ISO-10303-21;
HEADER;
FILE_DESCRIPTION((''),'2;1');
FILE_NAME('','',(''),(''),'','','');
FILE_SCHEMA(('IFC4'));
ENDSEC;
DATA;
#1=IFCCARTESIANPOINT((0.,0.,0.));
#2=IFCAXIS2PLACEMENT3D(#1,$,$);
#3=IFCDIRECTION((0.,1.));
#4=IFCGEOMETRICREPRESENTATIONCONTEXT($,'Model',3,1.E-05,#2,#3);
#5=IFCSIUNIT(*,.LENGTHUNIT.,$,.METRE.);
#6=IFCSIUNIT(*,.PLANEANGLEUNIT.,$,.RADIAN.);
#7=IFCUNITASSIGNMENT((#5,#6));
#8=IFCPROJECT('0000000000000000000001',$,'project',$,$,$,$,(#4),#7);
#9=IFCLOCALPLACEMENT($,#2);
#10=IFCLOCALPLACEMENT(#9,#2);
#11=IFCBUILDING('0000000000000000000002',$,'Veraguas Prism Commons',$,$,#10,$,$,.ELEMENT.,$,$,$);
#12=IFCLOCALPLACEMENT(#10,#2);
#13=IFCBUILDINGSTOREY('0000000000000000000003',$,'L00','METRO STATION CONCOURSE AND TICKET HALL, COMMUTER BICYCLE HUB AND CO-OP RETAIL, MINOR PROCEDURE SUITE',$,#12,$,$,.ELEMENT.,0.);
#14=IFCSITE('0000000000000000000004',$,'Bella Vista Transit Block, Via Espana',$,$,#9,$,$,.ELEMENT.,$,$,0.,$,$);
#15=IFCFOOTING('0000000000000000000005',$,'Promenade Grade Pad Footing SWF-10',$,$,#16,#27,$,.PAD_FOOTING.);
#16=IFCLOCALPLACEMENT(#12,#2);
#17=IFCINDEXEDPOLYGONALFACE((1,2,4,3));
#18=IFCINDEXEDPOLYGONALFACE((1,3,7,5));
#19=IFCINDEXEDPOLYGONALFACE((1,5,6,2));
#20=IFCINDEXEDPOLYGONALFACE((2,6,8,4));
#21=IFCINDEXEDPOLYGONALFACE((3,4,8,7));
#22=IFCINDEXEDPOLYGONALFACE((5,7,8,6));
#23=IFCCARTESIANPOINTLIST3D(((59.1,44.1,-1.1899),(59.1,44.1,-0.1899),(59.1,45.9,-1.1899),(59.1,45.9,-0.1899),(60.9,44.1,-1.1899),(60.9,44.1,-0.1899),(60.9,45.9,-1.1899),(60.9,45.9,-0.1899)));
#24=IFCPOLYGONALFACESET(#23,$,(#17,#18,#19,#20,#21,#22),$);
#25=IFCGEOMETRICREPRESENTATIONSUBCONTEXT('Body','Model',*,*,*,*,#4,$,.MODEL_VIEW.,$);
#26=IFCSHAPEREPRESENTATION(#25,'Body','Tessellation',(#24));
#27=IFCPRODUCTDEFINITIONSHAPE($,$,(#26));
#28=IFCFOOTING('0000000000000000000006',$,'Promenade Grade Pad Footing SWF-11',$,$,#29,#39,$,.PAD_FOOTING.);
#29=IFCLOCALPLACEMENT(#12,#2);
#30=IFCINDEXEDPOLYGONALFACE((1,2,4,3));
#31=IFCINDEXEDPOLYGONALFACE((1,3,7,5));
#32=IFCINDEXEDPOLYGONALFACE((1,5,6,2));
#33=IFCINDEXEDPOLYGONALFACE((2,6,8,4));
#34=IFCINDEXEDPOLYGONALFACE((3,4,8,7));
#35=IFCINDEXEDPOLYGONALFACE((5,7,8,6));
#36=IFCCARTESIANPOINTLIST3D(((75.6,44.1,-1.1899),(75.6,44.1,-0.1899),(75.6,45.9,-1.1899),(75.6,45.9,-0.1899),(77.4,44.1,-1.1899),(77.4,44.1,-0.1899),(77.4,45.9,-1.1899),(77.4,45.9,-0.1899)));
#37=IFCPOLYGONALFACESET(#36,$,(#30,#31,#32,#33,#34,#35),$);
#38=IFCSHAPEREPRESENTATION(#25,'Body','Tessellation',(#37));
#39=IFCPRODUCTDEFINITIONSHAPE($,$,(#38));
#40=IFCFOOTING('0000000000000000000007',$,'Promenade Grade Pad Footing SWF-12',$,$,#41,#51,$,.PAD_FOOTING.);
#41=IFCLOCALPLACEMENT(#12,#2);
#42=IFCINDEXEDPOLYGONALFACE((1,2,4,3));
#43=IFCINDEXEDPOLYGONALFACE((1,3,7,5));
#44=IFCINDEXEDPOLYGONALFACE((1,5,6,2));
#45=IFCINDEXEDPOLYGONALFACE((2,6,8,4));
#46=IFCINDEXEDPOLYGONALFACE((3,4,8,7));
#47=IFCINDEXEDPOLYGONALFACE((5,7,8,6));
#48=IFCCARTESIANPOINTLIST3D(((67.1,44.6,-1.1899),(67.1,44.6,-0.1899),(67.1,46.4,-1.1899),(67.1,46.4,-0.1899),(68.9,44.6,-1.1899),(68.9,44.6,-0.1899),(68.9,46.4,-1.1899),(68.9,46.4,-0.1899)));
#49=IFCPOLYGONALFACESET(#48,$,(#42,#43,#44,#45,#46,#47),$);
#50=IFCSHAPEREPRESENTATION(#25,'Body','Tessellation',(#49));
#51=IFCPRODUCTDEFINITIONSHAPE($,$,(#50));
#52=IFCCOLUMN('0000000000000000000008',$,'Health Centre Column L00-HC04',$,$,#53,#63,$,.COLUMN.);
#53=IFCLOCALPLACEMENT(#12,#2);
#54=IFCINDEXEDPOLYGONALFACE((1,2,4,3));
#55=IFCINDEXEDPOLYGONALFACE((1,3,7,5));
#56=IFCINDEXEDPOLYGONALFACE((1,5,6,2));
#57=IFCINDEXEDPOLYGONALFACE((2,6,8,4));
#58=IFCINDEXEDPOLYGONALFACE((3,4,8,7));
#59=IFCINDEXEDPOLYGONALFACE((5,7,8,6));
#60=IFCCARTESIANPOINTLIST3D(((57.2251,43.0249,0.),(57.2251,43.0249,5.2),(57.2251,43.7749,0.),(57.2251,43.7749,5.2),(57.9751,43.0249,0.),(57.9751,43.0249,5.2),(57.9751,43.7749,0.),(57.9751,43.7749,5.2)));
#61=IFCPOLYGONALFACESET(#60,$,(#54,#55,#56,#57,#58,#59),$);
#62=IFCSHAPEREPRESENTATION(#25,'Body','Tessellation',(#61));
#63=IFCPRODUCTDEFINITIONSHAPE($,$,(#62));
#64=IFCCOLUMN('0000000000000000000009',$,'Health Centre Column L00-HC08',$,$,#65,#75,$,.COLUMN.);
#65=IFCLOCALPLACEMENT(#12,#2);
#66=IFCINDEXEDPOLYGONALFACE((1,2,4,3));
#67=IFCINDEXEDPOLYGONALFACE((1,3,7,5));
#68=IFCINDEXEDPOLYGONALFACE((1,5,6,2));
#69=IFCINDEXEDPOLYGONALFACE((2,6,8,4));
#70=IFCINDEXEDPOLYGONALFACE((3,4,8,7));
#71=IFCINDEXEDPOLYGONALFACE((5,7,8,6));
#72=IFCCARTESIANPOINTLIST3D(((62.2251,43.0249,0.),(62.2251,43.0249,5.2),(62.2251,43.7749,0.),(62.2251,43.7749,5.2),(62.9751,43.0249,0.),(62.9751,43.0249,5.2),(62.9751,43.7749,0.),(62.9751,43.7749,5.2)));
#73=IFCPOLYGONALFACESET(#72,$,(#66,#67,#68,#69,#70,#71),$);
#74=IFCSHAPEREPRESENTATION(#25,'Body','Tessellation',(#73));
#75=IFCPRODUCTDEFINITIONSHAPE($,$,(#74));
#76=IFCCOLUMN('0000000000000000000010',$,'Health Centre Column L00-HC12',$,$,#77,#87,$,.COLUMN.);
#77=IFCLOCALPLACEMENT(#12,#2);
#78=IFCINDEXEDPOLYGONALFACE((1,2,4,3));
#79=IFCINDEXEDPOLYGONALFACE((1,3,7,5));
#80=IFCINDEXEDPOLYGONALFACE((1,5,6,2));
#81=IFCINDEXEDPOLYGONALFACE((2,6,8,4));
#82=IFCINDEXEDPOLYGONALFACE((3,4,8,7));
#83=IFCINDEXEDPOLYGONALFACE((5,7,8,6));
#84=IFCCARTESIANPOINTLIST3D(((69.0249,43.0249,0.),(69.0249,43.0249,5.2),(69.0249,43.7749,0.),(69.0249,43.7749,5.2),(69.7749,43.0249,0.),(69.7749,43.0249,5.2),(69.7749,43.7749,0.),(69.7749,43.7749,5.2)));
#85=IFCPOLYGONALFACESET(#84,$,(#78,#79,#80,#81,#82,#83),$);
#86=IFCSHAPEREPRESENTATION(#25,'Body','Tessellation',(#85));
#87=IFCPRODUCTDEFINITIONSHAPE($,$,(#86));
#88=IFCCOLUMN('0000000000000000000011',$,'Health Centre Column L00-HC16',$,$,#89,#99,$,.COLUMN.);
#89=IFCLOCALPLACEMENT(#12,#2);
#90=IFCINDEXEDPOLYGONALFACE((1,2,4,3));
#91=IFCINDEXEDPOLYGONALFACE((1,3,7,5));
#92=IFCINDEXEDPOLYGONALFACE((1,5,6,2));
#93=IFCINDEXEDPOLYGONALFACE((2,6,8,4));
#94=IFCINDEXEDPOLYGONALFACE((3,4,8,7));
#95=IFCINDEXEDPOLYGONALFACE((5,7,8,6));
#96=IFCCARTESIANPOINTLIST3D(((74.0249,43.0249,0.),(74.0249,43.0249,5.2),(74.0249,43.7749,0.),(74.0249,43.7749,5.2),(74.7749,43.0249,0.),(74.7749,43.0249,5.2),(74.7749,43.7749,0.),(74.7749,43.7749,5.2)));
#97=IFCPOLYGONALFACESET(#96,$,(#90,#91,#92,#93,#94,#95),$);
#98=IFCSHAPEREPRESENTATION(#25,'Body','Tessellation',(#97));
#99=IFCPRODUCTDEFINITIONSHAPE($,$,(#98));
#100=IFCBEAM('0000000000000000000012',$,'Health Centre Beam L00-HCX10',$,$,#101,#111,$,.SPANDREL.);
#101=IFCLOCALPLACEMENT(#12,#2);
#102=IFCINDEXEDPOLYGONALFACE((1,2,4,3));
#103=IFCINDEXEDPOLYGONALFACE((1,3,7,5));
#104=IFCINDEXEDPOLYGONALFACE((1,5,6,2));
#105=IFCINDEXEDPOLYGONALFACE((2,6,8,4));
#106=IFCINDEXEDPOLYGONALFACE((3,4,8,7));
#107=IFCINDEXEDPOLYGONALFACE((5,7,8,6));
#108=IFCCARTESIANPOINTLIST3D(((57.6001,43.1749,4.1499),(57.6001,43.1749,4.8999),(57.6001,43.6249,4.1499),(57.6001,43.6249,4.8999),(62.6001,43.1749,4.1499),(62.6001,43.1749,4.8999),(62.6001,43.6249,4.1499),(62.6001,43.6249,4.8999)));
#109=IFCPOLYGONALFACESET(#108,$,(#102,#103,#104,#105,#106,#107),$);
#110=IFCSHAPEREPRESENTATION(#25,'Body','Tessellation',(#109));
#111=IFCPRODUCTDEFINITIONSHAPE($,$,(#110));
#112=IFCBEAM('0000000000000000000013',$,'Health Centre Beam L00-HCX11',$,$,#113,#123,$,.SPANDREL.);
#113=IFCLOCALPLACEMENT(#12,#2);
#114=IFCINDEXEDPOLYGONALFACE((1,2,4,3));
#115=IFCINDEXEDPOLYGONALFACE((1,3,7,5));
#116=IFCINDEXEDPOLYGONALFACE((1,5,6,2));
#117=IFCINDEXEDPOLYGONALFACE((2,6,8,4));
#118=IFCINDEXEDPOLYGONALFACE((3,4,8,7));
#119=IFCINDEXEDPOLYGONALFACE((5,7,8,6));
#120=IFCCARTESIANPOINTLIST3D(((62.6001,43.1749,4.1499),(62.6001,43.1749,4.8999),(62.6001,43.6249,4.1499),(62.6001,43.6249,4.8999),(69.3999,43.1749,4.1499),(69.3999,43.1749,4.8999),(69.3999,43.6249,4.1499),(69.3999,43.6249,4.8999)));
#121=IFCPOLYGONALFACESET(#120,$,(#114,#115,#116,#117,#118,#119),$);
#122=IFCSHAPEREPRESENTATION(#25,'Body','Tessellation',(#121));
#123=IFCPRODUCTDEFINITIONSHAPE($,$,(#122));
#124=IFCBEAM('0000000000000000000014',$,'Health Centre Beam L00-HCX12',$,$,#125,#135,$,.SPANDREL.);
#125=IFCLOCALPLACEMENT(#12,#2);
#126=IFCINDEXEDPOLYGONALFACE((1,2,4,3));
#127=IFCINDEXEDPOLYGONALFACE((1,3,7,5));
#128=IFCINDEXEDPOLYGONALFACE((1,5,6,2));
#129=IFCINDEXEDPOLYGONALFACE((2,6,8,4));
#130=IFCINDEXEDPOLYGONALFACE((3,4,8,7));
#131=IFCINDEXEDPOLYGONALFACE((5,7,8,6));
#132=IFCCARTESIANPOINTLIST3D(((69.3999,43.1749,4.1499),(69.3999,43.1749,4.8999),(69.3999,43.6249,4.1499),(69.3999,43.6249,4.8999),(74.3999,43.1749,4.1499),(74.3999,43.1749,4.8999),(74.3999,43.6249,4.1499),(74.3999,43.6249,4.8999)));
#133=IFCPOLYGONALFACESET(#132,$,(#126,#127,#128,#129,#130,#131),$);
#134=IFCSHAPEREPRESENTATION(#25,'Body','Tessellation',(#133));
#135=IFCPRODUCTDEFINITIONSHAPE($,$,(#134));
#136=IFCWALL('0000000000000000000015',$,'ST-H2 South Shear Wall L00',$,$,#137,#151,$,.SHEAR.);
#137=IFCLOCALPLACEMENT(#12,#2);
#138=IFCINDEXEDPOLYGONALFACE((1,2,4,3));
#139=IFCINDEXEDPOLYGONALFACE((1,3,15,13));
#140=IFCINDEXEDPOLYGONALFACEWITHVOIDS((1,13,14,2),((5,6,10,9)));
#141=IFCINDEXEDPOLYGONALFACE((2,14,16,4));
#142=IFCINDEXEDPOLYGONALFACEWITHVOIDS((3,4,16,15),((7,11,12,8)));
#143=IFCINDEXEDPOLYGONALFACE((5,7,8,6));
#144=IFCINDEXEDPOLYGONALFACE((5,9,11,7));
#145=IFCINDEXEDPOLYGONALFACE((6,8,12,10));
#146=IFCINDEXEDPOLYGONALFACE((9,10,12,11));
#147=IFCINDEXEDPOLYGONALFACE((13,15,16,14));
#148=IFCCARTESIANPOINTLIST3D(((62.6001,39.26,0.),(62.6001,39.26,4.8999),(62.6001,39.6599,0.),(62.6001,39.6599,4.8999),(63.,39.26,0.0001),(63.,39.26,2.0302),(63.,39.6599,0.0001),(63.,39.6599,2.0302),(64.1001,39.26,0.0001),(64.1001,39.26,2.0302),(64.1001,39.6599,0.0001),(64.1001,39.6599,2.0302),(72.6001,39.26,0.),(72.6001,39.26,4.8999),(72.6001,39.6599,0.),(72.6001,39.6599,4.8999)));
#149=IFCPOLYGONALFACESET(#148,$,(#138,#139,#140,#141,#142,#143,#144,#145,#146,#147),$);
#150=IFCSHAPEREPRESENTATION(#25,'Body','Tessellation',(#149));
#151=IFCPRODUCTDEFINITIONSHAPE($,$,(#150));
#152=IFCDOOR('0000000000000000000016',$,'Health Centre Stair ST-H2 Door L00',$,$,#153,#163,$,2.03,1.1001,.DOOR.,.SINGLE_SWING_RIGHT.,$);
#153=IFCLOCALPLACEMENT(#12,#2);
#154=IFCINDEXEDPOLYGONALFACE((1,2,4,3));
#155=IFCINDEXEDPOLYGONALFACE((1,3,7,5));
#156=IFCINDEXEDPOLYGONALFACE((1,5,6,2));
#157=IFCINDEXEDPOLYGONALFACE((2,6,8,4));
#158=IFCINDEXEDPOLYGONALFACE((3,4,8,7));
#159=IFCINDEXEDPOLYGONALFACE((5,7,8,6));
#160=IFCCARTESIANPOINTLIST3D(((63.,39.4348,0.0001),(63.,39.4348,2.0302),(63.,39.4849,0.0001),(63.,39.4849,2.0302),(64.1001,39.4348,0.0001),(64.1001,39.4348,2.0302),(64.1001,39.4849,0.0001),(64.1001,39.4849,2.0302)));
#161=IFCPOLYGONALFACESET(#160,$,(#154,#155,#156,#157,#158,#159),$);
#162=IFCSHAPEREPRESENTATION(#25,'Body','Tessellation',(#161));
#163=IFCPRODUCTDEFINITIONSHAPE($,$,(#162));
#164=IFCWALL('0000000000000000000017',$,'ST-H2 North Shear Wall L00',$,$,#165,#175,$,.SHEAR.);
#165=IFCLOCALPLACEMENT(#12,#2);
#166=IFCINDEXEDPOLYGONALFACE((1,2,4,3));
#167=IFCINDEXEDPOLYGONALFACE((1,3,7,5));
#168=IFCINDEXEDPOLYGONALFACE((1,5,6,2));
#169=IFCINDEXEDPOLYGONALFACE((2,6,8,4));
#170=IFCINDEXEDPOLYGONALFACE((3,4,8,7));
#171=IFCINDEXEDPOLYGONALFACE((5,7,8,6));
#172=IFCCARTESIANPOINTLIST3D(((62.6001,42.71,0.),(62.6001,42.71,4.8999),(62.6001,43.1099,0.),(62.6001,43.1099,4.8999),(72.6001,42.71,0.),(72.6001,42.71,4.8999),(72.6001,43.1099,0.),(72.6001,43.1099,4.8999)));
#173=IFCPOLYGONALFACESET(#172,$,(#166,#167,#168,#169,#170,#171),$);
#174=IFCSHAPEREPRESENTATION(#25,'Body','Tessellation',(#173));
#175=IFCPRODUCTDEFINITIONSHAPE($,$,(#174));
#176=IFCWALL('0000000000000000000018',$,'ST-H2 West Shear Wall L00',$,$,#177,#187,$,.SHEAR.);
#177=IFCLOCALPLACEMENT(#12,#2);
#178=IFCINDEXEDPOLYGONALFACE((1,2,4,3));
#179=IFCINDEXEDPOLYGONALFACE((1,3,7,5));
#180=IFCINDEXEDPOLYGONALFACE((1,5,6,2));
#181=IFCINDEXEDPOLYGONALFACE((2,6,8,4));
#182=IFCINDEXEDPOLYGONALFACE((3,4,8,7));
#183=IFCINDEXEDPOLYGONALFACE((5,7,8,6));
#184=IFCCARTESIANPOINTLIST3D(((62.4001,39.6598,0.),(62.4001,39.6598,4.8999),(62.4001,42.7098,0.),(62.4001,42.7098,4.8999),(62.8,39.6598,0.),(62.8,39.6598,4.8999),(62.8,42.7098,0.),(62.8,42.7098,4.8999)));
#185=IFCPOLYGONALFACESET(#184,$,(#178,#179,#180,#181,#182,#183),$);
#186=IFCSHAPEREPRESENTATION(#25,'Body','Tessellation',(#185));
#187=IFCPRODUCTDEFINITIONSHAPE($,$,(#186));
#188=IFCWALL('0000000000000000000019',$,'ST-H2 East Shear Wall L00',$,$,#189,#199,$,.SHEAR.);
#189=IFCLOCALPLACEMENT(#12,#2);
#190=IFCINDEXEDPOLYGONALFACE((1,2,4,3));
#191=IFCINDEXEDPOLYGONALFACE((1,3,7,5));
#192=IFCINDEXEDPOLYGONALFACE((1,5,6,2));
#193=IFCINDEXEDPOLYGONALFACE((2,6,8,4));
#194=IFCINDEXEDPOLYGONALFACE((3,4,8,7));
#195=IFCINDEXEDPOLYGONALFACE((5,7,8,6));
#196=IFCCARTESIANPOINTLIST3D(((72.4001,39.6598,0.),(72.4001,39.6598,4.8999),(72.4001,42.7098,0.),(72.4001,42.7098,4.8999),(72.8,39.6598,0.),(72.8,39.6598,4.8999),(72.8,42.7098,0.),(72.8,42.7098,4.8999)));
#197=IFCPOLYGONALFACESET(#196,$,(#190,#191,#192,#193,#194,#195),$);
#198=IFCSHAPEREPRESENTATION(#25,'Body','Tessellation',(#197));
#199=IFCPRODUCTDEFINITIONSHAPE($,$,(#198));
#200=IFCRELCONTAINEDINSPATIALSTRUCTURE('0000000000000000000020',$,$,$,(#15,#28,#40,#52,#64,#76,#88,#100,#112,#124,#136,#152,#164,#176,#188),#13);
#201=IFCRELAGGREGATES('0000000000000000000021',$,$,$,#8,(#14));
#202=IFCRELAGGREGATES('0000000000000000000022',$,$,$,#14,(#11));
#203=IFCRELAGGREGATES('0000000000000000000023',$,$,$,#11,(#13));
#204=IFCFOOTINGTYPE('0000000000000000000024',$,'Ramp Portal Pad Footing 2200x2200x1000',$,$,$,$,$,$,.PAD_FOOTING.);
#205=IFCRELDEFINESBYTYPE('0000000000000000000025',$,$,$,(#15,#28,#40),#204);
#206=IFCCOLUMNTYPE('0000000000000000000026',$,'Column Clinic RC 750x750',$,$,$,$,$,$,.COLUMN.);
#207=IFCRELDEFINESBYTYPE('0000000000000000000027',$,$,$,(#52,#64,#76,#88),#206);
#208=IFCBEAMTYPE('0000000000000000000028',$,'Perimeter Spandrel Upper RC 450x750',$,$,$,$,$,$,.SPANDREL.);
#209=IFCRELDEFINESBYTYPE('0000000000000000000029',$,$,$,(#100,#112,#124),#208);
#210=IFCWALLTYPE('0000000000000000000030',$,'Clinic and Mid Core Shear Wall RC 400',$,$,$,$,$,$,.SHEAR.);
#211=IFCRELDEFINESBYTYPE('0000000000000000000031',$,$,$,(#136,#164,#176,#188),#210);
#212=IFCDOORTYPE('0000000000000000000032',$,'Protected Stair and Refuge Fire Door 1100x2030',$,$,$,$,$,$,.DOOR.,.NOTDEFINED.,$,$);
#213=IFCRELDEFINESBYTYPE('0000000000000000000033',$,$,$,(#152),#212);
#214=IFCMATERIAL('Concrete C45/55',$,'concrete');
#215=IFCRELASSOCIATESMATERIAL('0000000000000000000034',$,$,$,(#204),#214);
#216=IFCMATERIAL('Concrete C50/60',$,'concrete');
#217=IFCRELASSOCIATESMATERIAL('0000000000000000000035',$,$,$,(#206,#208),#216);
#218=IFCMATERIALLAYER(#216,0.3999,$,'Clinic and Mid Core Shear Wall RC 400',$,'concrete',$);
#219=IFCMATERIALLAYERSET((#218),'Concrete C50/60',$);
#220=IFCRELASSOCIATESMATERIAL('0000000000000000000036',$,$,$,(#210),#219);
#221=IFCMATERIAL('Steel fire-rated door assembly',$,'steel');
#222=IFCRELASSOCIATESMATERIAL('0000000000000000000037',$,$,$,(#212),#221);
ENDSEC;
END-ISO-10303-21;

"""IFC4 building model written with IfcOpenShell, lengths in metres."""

from ifc_helpers import new_model, si_unit, direction, frame, frame_2d, origin, origin_2d, place, context, subcontext, project, spatial, rectangle, extrude, source, transform, mapped, material, layer, layer_set, material_profile, profile_set, type_object, element, fill, save


model = new_model("IFC4")

# Units and contexts
model_context = context("Model", 3, precision=1e-05, world=origin(), true_north=direction((0.0, 1.0)))
body_context = subcontext(model_context, "Body", "Model", "MODEL_VIEW")
ifc_project = project(units=[si_unit("LENGTHUNIT", "METRE"), si_unit("PLANEANGLEUNIT", "RADIAN")], contexts=[model_context])

# Site, building, storey
site_placement = place(None, origin())
site = spatial("IfcSite", under=ifc_project, at=site_placement, Name="Bella Vista Transit Block, Via Espana", CompositionType="ELEMENT", RefElevation=0.0)
building_placement = place(site_placement, origin())
building = spatial("IfcBuilding", under=site, at=building_placement, Name="Veraguas Prism Commons", CompositionType="ELEMENT")
storey_placement = place(building_placement, origin())
storey = spatial("IfcBuildingStorey", under=building, at=storey_placement, Name="L00", Description="METRO STATION CONCOURSE AND TICKET HALL, COMMUTER BICYCLE HUB AND CO-OP RETAIL, MINOR PROCEDURE SUITE", CompositionType="ELEMENT", Elevation=0.0)

# Footings
ifc_material_1 = material(Name="Concrete C45/55", Category="concrete")
footing_type = type_object("IfcFootingType", Name="Ramp Portal Pad Footing 2200x2200x1000", PredefinedType="PAD_FOOTING", material=ifc_material_1)
shared_shape_1 = source(origin(), body_context, "Body", "SweptSolid", [
    extrude(rectangle(XDim=1.8, YDim=1.8, at=origin_2d()), origin(), (0.0, 0.0, 1.0), 1.0),
])
for number, where, z_axis, x_axis, name in (
    (1, (60.0, 45.0, -1.1899), (0.0, 0.0, 1.0), (1.0, 0.0, 0.0), "Promenade Grade Pad Footing SWF-10"),
    (2, (76.5, 45.0, -1.1899), (0.0, 0.0, 1.0), (1.0, 0.0, 0.0), "Promenade Grade Pad Footing SWF-11"),
    (3, (68.0, 45.5, -1.1899), (0.0, 0.0, 1.0), (1.0, 0.0, 0.0), "Promenade Grade Pad Footing SWF-12"),
):
    element("IfcFooting", number, at=place(storey_placement, frame(where, z_axis=z_axis, x_axis=x_axis)), inside=storey, type_object=footing_type, Name=name, PredefinedType="PAD_FOOTING", context=body_context, shape_type="MappedRepresentation", body=[
        mapped(shared_shape_1, transform((0.0, 0.0, 0.0), scale=1.0)),
    ])

# Columns
ifc_material_2 = material(Name="Concrete C50/60", Category="concrete")
ifc_material_profile_1 = material_profile(ifc_material_2, rectangle(XDim=0.75, YDim=0.75, at=origin_2d()), Name="RC750X750")
ifc_profile_set_1 = profile_set([ifc_material_profile_1], Name="Concrete C50/60")
column_type = type_object("IfcColumnType", Name="Column Clinic RC 750x750", PredefinedType="COLUMN", material=ifc_profile_set_1)
for number, where, z_axis, x_axis, name in (
    (4, (57.6001, 43.3999, 0.0), (0.0, 0.0, 1.0), (1.0, 0.0, 0.0), "Health Centre Column L00-HC04"),
    (5, (62.6001, 43.3999, 0.0), (0.0, 0.0, 1.0), (1.0, 0.0, 0.0), "Health Centre Column L00-HC08"),
    (6, (69.3999, 43.3999, 0.0), (0.0, 0.0, 1.0), (1.0, 0.0, 0.0), "Health Centre Column L00-HC12"),
    (7, (74.3999, 43.3999, 0.0), (0.0, 0.0, 1.0), (1.0, 0.0, 0.0), "Health Centre Column L00-HC16"),
):
    element("IfcColumn", number, at=place(storey_placement, frame(where, z_axis=z_axis, x_axis=x_axis)), inside=storey, type_object=column_type, Name=name, PredefinedType="COLUMN", context=body_context, shape_type="SweptSolid", body=[
        extrude(rectangle(XDim=0.75, YDim=0.75, at=origin_2d()), origin(), (0.0, 0.0, 1.0), 5.2),
    ])

# Beams
ifc_material_profile_2 = material_profile(ifc_material_2, rectangle(XDim=0.45, YDim=0.75, at=origin_2d()), Name="RC450X750")
ifc_profile_set_2 = profile_set([ifc_material_profile_2], Name="Concrete C50/60")
beam_type = type_object("IfcBeamType", Name="Perimeter Spandrel Upper RC 450x750", PredefinedType="SPANDREL", material=ifc_profile_set_2)
beam_1_placement = place(storey_placement, frame((57.6001, 43.3999, 4.5249), z_axis=(1.0, 0.0, 0.0), x_axis=(0.0, 1.0, 0.0)))
element("IfcBeam", 8, at=beam_1_placement, inside=storey, type_object=beam_type, Name="Health Centre Beam L00-HCX10", PredefinedType="SPANDREL", context=body_context, shape_type="SweptSolid", body=[
    extrude(rectangle(XDim=0.45, YDim=0.75, at=origin_2d()), origin(), (0.0, 0.0, 1.0), 5.0),
])
beam_2_placement = place(storey_placement, frame((62.6001, 43.3999, 4.5249), z_axis=(1.0, 0.0, 0.0), x_axis=(0.0, 1.0, 0.0)))
element("IfcBeam", 9, at=beam_2_placement, inside=storey, type_object=beam_type, Name="Health Centre Beam L00-HCX11", PredefinedType="SPANDREL", context=body_context, shape_type="SweptSolid", body=[
    extrude(rectangle(XDim=0.45, YDim=0.75, at=origin_2d()), origin(), (0.0, 0.0, 1.0), 6.7998),
])
beam_3_placement = place(storey_placement, frame((69.3999, 43.3999, 4.5249), z_axis=(1.0, 0.0, 0.0), x_axis=(0.0, 1.0, 0.0)))
element("IfcBeam", 10, at=beam_3_placement, inside=storey, type_object=beam_type, Name="Health Centre Beam L00-HCX12", PredefinedType="SPANDREL", context=body_context, shape_type="SweptSolid", body=[
    extrude(rectangle(XDim=0.45, YDim=0.75, at=origin_2d()), origin(), (0.0, 0.0, 1.0), 5.0),
])

# Wall, opening, door
ifc_layer_1 = layer(ifc_material_2, 0.3999, Name="Clinic and Mid Core Shear Wall RC 400", Category="concrete")
ifc_layer_set_1 = layer_set([ifc_layer_1], Name="Concrete C50/60")
wall_type_1 = type_object("IfcWallType", Name="Clinic and Mid Core Shear Wall RC 400", PredefinedType="SHEAR", material=ifc_layer_set_1)
wall_1_placement = place(storey_placement, frame((62.6001, 39.46, 0.0), z_axis=(0.0, 0.0, 1.0), x_axis=(1.0, 0.0, 0.0)))
wall_1 = element("IfcWall", 11, at=wall_1_placement, inside=storey, type_object=wall_type_1, Name="ST-H2 South Shear Wall L00", PredefinedType="SHEAR", context=body_context, shape_type="SweptSolid", body=[
    extrude(rectangle(XDim=10.0, YDim=0.3999, at=frame_2d((5.0, 0.0))), origin(), (0.0, 0.0, 1.0), 4.8999),
])
opening_1_placement = place(wall_1_placement, frame((0.3999, 0.0, 0.0)))
opening_1 = element("IfcOpeningElement", 12, at=opening_1_placement, cuts=wall_1, PredefinedType="OPENING", context=body_context, shape_type="SweptSolid", body=[
    extrude(rectangle(XDim=1.1001, YDim=2.03, at=frame_2d((0.55, 1.0151))), frame((0.0, 0.21, 0.0), z_axis=(0.0, -1.0, 0.0), x_axis=(1.0, 0.0, 0.0)), (0.0, 0.0, 1.0), 0.4199),
])
ifc_material_3 = material(Name="Steel fire-rated door assembly", Category="steel")
door_type_1 = type_object("IfcDoorType", Name="Protected Stair and Refuge Fire Door 1100x2030", OperationType="NOTDEFINED", PredefinedType="DOOR", material=ifc_material_3)
shared_shape_2 = source(origin(), body_context, "Body", "SweptSolid", [
    extrude(rectangle(XDim=1.1001, YDim=2.03, at=frame_2d((0.55, 1.0151))), frame((0.0, 0.0249, 0.0), z_axis=(0.0, -1.0, 0.0), x_axis=(1.0, 0.0, 0.0)), (0.0, 0.0, 1.0), 0.05),
])
door_1_placement = place(opening_1_placement, origin())
door_1 = element("IfcDoor", 13, at=door_1_placement, inside=storey, type_object=door_type_1, Name="Health Centre Stair ST-H2 Door L00", OperationType="SINGLE_SWING_RIGHT", OverallHeight=2.03, OverallWidth=1.1001, PredefinedType="DOOR", context=body_context, shape_type="MappedRepresentation", body=[
    mapped(shared_shape_2, transform((0.0, 0.0, 0.0), scale=1.0)),
])
fill(opening_1, door_1)

# Walls
wall_2_placement = place(storey_placement, frame((62.6001, 42.9099, 0.0), z_axis=(0.0, 0.0, 1.0), x_axis=(1.0, 0.0, 0.0)))
element("IfcWall", 14, at=wall_2_placement, inside=storey, type_object=wall_type_1, Name="ST-H2 North Shear Wall L00", PredefinedType="SHEAR", context=body_context, shape_type="SweptSolid", body=[
    extrude(rectangle(XDim=10.0, YDim=0.3999, at=frame_2d((5.0, 0.0))), origin(), (0.0, 0.0, 1.0), 4.8999),
])
for number, where, z_axis, x_axis, name in (
    (15, (62.6001, 39.6599, 0.0), (0.0, 0.0, 1.0), (0.0, 1.0, 0.0), "ST-H2 West Shear Wall L00"),
    (16, (72.6001, 39.6599, 0.0), (0.0, 0.0, 1.0), (0.0, 1.0, 0.0), "ST-H2 East Shear Wall L00"),
):
    element("IfcWall", number, at=place(storey_placement, frame(where, z_axis=z_axis, x_axis=x_axis)), inside=storey, type_object=wall_type_1, Name=name, PredefinedType="SHEAR", context=body_context, shape_type="SweptSolid", body=[
        extrude(rectangle(XDim=3.05, YDim=0.3999, at=frame_2d((1.5249, 0.0))), origin(), (0.0, 0.0, 1.0), 4.8999),
    ])

save(model, "model.ifc")
